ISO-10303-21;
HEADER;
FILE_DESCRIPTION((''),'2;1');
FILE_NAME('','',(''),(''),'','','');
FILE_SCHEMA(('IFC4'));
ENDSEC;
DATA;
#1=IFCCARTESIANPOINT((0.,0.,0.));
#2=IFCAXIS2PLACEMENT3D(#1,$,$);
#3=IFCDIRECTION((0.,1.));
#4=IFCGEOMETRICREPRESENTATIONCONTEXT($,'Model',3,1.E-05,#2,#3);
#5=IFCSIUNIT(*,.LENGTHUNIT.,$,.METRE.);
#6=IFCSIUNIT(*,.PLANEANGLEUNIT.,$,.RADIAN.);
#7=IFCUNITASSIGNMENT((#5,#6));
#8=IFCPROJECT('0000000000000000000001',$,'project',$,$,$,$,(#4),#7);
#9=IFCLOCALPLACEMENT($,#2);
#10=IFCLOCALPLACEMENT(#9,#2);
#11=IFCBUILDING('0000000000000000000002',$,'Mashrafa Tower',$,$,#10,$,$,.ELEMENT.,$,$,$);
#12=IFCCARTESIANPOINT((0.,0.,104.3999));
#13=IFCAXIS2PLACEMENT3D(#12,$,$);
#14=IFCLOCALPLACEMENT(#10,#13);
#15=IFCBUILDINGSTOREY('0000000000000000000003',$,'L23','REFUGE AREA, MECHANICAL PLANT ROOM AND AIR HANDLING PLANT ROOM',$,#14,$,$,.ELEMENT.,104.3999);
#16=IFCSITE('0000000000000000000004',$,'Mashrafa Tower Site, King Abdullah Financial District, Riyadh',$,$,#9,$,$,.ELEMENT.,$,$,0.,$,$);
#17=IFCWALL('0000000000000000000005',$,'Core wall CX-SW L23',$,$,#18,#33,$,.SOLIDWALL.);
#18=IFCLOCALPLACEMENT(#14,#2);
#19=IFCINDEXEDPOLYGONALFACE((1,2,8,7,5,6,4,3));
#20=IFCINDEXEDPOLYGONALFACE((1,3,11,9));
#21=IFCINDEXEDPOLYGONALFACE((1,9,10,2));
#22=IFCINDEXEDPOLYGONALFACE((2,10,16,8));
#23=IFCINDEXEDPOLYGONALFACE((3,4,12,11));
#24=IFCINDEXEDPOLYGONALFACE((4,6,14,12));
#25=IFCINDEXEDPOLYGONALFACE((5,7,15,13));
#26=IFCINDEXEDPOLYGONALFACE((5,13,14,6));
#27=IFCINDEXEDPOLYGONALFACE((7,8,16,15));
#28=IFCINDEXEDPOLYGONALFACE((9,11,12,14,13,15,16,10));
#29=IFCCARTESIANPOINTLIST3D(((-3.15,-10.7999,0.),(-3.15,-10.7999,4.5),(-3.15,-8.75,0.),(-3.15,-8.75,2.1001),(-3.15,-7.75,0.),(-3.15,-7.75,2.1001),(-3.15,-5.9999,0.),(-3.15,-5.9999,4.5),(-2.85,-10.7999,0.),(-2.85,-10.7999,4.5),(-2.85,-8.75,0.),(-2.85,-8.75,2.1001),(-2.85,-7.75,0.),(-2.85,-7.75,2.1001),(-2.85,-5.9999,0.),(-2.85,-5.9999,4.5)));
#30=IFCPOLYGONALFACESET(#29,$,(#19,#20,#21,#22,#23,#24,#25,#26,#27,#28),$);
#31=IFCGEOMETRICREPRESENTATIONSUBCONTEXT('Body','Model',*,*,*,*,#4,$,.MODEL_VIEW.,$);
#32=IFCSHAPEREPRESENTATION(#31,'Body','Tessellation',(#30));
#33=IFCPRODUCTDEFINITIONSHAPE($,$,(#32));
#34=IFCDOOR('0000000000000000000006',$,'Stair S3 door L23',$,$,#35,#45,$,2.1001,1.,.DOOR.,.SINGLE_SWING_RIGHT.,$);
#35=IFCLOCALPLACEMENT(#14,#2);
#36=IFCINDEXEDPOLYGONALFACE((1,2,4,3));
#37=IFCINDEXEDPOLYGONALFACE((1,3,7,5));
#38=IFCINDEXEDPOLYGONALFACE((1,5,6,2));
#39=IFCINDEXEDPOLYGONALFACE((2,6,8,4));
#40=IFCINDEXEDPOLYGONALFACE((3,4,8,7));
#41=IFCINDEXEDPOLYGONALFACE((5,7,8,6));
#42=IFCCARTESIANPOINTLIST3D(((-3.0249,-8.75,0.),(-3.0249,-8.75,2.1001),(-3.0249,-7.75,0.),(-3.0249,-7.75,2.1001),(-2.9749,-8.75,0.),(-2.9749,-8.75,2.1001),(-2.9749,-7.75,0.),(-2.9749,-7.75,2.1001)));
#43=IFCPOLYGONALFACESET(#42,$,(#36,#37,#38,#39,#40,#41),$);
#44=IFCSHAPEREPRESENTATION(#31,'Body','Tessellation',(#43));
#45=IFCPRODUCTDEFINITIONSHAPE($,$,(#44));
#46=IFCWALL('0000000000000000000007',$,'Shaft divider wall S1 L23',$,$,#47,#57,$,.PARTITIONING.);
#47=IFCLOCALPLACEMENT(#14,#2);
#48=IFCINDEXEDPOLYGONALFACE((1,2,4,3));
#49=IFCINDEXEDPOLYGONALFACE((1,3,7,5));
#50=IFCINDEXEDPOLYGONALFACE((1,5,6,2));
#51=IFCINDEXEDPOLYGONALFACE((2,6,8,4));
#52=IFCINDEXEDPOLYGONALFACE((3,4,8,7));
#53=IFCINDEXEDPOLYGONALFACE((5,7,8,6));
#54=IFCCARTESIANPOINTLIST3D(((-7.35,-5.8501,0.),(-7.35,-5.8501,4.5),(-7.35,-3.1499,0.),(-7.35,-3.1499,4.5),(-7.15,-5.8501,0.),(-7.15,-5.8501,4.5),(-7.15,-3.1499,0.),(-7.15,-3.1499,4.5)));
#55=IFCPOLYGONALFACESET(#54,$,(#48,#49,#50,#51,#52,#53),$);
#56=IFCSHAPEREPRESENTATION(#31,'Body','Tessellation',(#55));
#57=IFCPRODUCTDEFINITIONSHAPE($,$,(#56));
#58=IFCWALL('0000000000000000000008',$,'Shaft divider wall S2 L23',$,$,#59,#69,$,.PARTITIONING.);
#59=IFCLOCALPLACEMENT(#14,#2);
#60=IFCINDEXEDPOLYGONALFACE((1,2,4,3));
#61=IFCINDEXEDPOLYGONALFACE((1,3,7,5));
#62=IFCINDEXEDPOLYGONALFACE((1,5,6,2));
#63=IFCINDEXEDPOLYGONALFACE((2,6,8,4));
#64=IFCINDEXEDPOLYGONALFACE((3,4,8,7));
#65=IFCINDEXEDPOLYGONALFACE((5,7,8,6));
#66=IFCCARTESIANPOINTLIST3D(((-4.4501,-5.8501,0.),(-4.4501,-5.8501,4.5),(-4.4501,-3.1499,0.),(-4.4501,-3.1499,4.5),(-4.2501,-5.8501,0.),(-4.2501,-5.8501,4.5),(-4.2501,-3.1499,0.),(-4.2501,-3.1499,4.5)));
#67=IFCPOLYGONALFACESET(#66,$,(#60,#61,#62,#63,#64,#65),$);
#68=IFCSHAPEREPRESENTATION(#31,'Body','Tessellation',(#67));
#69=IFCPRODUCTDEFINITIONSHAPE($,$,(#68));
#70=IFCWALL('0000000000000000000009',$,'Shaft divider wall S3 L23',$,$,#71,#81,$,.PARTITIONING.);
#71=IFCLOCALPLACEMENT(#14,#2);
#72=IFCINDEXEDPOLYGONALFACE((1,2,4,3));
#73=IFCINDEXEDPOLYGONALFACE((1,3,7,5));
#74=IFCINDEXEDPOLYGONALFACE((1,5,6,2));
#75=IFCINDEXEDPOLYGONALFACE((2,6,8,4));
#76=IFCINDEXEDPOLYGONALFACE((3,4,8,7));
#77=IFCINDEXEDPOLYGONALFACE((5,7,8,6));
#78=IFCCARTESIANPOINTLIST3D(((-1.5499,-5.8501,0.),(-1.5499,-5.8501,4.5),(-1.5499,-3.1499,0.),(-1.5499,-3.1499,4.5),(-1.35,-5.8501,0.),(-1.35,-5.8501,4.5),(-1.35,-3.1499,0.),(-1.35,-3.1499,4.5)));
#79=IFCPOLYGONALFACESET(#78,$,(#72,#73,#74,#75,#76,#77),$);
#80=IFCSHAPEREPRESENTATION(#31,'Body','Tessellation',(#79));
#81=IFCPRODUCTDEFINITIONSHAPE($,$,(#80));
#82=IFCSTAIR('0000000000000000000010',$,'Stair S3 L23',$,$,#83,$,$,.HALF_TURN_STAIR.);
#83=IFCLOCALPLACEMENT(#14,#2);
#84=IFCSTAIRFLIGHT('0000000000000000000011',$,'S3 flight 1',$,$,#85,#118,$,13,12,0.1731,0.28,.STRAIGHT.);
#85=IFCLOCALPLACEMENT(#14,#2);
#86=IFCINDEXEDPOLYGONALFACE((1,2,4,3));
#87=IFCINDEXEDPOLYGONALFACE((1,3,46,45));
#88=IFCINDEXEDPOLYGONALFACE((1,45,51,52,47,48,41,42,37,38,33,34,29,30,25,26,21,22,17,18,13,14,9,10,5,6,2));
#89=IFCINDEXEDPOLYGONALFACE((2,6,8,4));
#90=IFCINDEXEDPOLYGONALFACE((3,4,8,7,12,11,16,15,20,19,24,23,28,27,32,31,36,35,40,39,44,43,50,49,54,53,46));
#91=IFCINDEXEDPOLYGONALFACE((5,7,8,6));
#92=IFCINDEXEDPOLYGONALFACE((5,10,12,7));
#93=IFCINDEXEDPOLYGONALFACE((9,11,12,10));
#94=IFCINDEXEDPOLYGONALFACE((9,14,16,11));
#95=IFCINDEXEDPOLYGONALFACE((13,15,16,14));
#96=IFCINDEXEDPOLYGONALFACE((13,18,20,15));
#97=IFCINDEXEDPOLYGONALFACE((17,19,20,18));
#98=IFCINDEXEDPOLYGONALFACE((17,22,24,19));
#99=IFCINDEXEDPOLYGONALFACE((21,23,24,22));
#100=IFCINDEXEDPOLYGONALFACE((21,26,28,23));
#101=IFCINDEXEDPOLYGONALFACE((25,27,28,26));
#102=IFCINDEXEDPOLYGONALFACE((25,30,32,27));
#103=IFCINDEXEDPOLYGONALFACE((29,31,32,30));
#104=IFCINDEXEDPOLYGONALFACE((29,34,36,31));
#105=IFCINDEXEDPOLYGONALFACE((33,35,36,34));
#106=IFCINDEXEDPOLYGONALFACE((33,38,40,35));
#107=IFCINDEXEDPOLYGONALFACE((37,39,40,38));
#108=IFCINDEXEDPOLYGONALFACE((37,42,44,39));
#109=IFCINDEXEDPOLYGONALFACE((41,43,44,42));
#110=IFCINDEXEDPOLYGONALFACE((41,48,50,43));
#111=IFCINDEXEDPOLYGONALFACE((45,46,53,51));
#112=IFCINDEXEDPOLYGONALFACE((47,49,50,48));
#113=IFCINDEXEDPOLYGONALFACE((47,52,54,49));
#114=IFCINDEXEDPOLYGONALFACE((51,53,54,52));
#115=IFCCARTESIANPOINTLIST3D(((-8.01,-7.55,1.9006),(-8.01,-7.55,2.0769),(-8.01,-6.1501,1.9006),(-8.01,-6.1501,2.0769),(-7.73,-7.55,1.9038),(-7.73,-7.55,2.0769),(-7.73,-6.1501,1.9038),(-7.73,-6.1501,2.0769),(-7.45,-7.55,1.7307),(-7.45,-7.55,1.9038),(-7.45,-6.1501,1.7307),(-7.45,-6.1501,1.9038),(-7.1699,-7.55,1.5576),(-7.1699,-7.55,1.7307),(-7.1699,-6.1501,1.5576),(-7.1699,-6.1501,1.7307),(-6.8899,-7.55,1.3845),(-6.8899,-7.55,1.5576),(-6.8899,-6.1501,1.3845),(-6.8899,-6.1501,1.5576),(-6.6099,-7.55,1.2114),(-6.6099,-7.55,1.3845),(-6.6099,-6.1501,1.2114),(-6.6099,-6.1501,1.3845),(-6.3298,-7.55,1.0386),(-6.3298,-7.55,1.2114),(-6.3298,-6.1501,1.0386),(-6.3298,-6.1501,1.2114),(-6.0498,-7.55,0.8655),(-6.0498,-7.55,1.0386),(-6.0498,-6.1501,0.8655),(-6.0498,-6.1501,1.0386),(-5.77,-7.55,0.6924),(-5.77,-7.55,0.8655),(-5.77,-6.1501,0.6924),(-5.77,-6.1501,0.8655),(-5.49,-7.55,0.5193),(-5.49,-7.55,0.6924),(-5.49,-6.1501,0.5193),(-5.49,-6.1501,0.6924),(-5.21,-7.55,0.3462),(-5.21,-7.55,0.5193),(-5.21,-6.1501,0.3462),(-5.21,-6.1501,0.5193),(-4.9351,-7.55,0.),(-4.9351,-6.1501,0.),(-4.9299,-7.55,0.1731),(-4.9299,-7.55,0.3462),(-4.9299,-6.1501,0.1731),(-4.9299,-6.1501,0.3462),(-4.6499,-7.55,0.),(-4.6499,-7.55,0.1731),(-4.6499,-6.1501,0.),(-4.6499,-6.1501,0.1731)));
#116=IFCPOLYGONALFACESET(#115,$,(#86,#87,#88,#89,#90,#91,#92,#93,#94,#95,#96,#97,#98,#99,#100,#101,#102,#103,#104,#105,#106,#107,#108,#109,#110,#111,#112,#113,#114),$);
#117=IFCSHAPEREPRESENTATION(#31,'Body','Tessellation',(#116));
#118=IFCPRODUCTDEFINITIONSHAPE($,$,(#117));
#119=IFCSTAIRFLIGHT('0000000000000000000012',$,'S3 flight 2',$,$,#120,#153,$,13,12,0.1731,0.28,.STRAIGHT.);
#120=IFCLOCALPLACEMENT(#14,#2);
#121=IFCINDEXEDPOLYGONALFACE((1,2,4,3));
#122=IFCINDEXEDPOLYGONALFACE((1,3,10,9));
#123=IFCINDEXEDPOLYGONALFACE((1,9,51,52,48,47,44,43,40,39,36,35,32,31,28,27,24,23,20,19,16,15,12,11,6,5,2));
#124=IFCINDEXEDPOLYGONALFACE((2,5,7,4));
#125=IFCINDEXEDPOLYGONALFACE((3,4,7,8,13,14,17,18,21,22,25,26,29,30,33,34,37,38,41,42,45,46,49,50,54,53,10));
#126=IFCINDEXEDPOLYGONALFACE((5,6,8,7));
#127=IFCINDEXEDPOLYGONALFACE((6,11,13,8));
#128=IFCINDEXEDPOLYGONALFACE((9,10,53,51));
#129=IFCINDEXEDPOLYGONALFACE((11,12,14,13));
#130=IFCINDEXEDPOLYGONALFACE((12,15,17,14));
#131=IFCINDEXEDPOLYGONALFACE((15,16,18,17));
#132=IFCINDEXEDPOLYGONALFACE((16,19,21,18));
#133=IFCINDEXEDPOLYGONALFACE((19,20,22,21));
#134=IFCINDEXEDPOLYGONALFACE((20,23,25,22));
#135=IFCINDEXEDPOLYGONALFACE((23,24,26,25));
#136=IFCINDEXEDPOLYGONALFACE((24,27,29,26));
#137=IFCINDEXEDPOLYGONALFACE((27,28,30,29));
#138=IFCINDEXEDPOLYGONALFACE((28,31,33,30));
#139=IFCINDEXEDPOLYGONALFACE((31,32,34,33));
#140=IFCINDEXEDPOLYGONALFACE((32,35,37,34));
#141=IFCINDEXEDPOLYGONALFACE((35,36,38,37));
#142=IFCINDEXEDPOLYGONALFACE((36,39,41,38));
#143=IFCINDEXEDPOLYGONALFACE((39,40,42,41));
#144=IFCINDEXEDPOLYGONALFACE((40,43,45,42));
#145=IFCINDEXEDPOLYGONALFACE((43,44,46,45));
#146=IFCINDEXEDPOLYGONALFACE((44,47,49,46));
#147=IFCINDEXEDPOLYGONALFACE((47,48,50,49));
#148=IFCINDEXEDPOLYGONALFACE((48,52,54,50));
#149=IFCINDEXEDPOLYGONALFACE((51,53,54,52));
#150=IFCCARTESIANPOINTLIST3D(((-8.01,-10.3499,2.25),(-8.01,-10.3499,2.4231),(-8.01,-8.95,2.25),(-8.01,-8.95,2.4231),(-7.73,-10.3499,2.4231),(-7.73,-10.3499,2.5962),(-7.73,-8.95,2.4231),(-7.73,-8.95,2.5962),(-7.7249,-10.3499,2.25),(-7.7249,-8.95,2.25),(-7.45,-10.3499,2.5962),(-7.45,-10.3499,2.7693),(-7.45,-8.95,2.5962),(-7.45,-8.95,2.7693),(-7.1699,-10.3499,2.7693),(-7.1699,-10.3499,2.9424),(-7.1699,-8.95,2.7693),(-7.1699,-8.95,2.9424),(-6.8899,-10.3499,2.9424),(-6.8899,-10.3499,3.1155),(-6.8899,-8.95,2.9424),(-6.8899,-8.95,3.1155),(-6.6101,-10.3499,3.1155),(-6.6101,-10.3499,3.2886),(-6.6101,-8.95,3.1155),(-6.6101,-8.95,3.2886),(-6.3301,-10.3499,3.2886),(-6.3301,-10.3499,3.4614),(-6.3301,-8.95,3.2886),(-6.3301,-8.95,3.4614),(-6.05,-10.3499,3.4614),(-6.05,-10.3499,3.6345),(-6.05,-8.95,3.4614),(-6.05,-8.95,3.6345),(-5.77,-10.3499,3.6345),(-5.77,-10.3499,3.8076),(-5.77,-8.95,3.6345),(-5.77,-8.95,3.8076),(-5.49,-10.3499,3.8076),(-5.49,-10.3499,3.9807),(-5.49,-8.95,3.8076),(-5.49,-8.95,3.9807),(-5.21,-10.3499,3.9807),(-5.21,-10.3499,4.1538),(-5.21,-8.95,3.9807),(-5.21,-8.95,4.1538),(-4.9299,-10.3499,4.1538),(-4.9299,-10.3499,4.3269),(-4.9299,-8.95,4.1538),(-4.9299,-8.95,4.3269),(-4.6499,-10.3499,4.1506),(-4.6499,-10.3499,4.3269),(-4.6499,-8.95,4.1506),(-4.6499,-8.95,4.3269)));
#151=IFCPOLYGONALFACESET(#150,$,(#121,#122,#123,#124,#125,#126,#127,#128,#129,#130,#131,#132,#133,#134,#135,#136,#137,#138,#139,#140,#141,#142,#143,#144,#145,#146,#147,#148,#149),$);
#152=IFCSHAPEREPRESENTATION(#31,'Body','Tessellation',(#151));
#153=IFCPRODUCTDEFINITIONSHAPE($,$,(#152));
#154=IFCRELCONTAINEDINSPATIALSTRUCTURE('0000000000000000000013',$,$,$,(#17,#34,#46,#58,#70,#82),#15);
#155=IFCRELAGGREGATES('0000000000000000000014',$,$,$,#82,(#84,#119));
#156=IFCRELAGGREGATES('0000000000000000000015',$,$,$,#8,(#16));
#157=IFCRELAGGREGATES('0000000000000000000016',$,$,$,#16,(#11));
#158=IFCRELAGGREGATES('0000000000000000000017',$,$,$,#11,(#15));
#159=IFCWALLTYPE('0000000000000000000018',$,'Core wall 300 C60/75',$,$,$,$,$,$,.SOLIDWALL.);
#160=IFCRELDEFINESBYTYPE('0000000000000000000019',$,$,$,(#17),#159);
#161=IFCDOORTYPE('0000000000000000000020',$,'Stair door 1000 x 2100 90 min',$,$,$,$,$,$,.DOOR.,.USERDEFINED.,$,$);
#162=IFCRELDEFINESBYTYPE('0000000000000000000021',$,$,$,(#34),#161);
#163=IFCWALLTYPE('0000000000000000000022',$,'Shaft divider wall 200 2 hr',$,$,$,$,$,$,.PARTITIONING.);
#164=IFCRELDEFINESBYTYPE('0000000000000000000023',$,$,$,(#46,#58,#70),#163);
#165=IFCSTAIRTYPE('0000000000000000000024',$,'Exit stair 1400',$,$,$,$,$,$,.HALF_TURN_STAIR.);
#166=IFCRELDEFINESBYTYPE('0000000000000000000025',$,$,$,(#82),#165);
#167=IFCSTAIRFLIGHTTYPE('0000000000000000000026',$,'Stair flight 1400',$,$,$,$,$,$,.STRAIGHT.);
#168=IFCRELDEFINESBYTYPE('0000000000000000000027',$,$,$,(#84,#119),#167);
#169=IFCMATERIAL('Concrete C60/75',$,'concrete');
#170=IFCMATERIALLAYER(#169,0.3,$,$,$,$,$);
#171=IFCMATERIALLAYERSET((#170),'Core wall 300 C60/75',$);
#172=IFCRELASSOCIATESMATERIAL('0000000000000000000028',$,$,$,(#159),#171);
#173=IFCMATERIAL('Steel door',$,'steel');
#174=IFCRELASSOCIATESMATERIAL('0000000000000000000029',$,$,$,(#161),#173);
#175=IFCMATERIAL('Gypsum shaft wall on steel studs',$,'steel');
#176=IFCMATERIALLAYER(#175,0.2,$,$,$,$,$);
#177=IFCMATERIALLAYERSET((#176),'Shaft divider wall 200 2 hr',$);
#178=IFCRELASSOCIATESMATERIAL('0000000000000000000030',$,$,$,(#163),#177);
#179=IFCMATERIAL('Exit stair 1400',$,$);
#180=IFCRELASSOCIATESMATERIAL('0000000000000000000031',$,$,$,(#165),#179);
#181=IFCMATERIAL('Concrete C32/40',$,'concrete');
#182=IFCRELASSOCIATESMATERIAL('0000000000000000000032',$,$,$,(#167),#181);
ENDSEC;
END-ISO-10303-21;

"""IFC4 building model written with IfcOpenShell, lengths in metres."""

from ifc_helpers import new_model, si_unit, direction, frame, frame_2d, origin, place, context, subcontext, project, spatial, polyline, rectangle, outline, extrude, material, layer, layer_set, type_object, element, fill, aggregate, save


model = new_model("IFC4")

# Units and contexts
model_context = context("Model", 3, precision=1e-05, world=origin(), true_north=direction((0.0, 1.0)))
body_context = subcontext(model_context, "Body", "Model", "MODEL_VIEW")
ifc_project = project(units=[si_unit("LENGTHUNIT", "METRE"), si_unit("PLANEANGLEUNIT", "RADIAN")], contexts=[model_context])

# Site, building, storey
site_placement = place(None, origin())
site = spatial("IfcSite", under=ifc_project, at=site_placement, Name="Mashrafa Tower Site, King Abdullah Financial District, Riyadh", CompositionType="ELEMENT", RefElevation=0.0)
building_placement = place(site_placement, origin())
building = spatial("IfcBuilding", under=site, at=building_placement, Name="Mashrafa Tower", CompositionType="ELEMENT")
storey_placement = place(building_placement, frame((0.0, 0.0, 104.3999)))
storey = spatial("IfcBuildingStorey", under=building, at=storey_placement, Name="L23", Description="REFUGE AREA, MECHANICAL PLANT ROOM AND AIR HANDLING PLANT ROOM", CompositionType="ELEMENT", Elevation=104.3999)

# Shared definitions
ifc_material_1 = material(Name="Concrete C60/75", Category="concrete")
ifc_layer_1 = layer(ifc_material_1, 0.3)
ifc_layer_set_1 = layer_set([ifc_layer_1], Name="Core wall 300 C60/75")
wall_type_1 = type_object("IfcWallType", Name="Core wall 300 C60/75", PredefinedType="SOLIDWALL", material=ifc_layer_set_1)

# Wall, opening, door
wall_1_placement = place(storey_placement, frame((-3.0, -6.0, 0.0), z_axis=(0.0, 0.0, 1.0), x_axis=(0.0, -1.0, 0.0)))
wall_1 = element("IfcWall", 1, at=wall_1_placement, inside=storey, type_object=wall_type_1, Name="Core wall CX-SW L23", PredefinedType="SOLIDWALL", context=body_context, shape_type="SweptSolid", body=[
    extrude(rectangle(XDim=4.8, YDim=0.3, at=frame_2d((2.3999, 0.0))), origin(), (0.0, 0.0, 1.0), 4.5),
])
opening_1_placement = place(wall_1_placement, frame((1.75, 0.0, 0.0)))
opening_1 = element("IfcOpeningElement", 2, at=opening_1_placement, cuts=wall_1, PredefinedType="OPENING", context=body_context, shape_type="SweptSolid", body=[
    extrude(rectangle(XDim=1.0, YDim=2.1001, at=frame_2d((0.5, 1.05))), frame((0.0, 0.1599, 0.0), z_axis=(0.0, -1.0, 0.0), x_axis=(1.0, 0.0, 0.0)), (0.0, 0.0, 1.0), 0.3201),
])
ifc_material_2 = material(Name="Steel door", Category="steel")
door_type_1 = type_object("IfcDoorType", Name="Stair door 1000 x 2100 90 min", OperationType="USERDEFINED", PredefinedType="DOOR", material=ifc_material_2)
door_1_placement = place(opening_1_placement, frame((1.0, 0.0, 0.0), z_axis=(0.0, 0.0, 1.0), x_axis=(-1.0, 0.0, 0.0)))
door_1 = element("IfcDoor", 3, at=door_1_placement, inside=storey, type_object=door_type_1, Name="Stair S3 door L23", OperationType="SINGLE_SWING_RIGHT", OverallHeight=2.1001, OverallWidth=1.0, PredefinedType="DOOR", context=body_context, shape_type="SweptSolid", body=[
    extrude(rectangle(XDim=1.0, YDim=2.1001, at=frame_2d((0.5, 1.05))), frame((0.0, 0.0249, 0.0), z_axis=(0.0, -1.0, 0.0), x_axis=(1.0, 0.0, 0.0)), (0.0, 0.0, 1.0), 0.05),
])
fill(opening_1, door_1)

# Walls
ifc_material_3 = material(Name="Gypsum shaft wall on steel studs", Category="steel")
ifc_layer_2 = layer(ifc_material_3, 0.2)
ifc_layer_set_2 = layer_set([ifc_layer_2], Name="Shaft divider wall 200 2 hr")
wall_type_2 = type_object("IfcWallType", Name="Shaft divider wall 200 2 hr", PredefinedType="PARTITIONING", material=ifc_layer_set_2)
for number, where, z_axis, x_axis, name in (
    (4, (-7.25, -5.8501, 0.0), (0.0, 0.0, 1.0), (0.0, 1.0, 0.0), "Shaft divider wall S1 L23"),
    (5, (-4.3501, -5.8501, 0.0), (0.0, 0.0, 1.0), (0.0, 1.0, 0.0), "Shaft divider wall S2 L23"),
    (6, (-1.45, -5.8501, 0.0), (0.0, 0.0, 1.0), (0.0, 1.0, 0.0), "Shaft divider wall S3 L23"),
):
    element("IfcWall", number, at=place(storey_placement, frame(where, z_axis=z_axis, x_axis=x_axis)), inside=storey, type_object=wall_type_2, Name=name, PredefinedType="PARTITIONING", context=body_context, shape_type="SweptSolid", body=[
        extrude(rectangle(XDim=2.7002, YDim=0.2, at=frame_2d((1.3501, 0.0))), origin(), (0.0, 0.0, 1.0), 4.5),
    ])

# Stair, stair flights
ifc_material_4 = material(Name="Exit stair 1400")
stair_type = type_object("IfcStairType", Name="Exit stair 1400", PredefinedType="HALF_TURN_STAIR", material=ifc_material_4)
stair_placement = place(storey_placement, origin())
stair = element("IfcStair", 7, at=stair_placement, inside=storey, type_object=stair_type, Name="Stair S3 L23", PredefinedType="HALF_TURN_STAIR")
ifc_material_5 = material(Name="Concrete C32/40", Category="concrete")
stair_flight_type = type_object("IfcStairFlightType", Name="Stair flight 1400", PredefinedType="STRAIGHT", material=ifc_material_5)
stair_flight_1_placement = place(storey_placement, frame((-4.6499, -6.8501, 0.0), z_axis=(0.0, 0.0, 1.0), x_axis=(-1.0, 0.0, 0.0)))
stair_flight_1 = element("IfcStairFlight", 8, at=stair_flight_1_placement, type_object=stair_flight_type, Name="S3 flight 1", NumberOfRisers=13, NumberOfTreads=12, PredefinedType="STRAIGHT", RiserHeight=0.1731, TreadLength=0.28, context=body_context, shape_type="SweptSolid", body=[
    extrude(outline(polyline([(0.0, 0.0), (0.0, 0.1731), (0.28, 0.1731), (0.28, 0.3462), (0.5601, 0.3462), (0.5601, 0.5193), (0.8401, 0.5193), (0.8401, 0.6924), (1.1201, 0.6924), (1.1201, 0.8655), (1.3999, 0.8655), (1.3999, 1.0386), (1.6799, 1.0386), (1.6799, 1.2114), (1.96, 1.2114), (1.96, 1.3845), (2.24, 1.3845), (2.24, 1.5576), (2.52, 1.5576), (2.52, 1.7307), (2.8, 1.7307), (2.8, 1.9038), (3.0801, 1.9038), (3.0801, 2.0769), (3.3601, 2.0769), (3.3601, 2.25), (3.3601, 1.9006), (0.2852, 0.0), (0.0, 0.0)])), frame((0.0, 0.7, 0.0), z_axis=(0.0, -1.0, 0.0), x_axis=(1.0, 0.0, 0.0)), (0.0, 0.0, 1.0), 1.3999),
])
stair_flight_2_placement = place(storey_placement, frame((-8.01, -9.6499, 2.25), z_axis=(0.0, 0.0, 1.0), x_axis=(1.0, 0.0, 0.0)))
stair_flight_2 = element("IfcStairFlight", 9, at=stair_flight_2_placement, type_object=stair_flight_type, Name="S3 flight 2", NumberOfRisers=13, NumberOfTreads=12, PredefinedType="STRAIGHT", RiserHeight=0.1731, TreadLength=0.28, context=body_context, shape_type="SweptSolid", body=[
    extrude(outline(polyline([(0.0, 0.0), (0.0, 0.1731), (0.28, 0.1731), (0.28, 0.3462), (0.5601, 0.3462), (0.5601, 0.5193), (0.8401, 0.5193), (0.8401, 0.6924), (1.1201, 0.6924), (1.1201, 0.8655), (1.3999, 0.8655), (1.3999, 1.0386), (1.6799, 1.0386), (1.6799, 1.2114), (1.96, 1.2114), (1.96, 1.3845), (2.24, 1.3845), (2.24, 1.5576), (2.52, 1.5576), (2.52, 1.7307), (2.8, 1.7307), (2.8, 1.9038), (3.0801, 1.9038), (3.0801, 2.0769), (3.3601, 2.0769), (3.3601, 2.25), (3.3601, 1.9006), (0.2852, 0.0), (0.0, 0.0)])), frame((0.0, 0.7, 0.0), z_axis=(0.0, -1.0, 0.0), x_axis=(1.0, 0.0, 0.0)), (0.0, 0.0, 1.0), 1.3999),
])
aggregate(stair, [stair_flight_1, stair_flight_2])

save(model, "model.ifc")
